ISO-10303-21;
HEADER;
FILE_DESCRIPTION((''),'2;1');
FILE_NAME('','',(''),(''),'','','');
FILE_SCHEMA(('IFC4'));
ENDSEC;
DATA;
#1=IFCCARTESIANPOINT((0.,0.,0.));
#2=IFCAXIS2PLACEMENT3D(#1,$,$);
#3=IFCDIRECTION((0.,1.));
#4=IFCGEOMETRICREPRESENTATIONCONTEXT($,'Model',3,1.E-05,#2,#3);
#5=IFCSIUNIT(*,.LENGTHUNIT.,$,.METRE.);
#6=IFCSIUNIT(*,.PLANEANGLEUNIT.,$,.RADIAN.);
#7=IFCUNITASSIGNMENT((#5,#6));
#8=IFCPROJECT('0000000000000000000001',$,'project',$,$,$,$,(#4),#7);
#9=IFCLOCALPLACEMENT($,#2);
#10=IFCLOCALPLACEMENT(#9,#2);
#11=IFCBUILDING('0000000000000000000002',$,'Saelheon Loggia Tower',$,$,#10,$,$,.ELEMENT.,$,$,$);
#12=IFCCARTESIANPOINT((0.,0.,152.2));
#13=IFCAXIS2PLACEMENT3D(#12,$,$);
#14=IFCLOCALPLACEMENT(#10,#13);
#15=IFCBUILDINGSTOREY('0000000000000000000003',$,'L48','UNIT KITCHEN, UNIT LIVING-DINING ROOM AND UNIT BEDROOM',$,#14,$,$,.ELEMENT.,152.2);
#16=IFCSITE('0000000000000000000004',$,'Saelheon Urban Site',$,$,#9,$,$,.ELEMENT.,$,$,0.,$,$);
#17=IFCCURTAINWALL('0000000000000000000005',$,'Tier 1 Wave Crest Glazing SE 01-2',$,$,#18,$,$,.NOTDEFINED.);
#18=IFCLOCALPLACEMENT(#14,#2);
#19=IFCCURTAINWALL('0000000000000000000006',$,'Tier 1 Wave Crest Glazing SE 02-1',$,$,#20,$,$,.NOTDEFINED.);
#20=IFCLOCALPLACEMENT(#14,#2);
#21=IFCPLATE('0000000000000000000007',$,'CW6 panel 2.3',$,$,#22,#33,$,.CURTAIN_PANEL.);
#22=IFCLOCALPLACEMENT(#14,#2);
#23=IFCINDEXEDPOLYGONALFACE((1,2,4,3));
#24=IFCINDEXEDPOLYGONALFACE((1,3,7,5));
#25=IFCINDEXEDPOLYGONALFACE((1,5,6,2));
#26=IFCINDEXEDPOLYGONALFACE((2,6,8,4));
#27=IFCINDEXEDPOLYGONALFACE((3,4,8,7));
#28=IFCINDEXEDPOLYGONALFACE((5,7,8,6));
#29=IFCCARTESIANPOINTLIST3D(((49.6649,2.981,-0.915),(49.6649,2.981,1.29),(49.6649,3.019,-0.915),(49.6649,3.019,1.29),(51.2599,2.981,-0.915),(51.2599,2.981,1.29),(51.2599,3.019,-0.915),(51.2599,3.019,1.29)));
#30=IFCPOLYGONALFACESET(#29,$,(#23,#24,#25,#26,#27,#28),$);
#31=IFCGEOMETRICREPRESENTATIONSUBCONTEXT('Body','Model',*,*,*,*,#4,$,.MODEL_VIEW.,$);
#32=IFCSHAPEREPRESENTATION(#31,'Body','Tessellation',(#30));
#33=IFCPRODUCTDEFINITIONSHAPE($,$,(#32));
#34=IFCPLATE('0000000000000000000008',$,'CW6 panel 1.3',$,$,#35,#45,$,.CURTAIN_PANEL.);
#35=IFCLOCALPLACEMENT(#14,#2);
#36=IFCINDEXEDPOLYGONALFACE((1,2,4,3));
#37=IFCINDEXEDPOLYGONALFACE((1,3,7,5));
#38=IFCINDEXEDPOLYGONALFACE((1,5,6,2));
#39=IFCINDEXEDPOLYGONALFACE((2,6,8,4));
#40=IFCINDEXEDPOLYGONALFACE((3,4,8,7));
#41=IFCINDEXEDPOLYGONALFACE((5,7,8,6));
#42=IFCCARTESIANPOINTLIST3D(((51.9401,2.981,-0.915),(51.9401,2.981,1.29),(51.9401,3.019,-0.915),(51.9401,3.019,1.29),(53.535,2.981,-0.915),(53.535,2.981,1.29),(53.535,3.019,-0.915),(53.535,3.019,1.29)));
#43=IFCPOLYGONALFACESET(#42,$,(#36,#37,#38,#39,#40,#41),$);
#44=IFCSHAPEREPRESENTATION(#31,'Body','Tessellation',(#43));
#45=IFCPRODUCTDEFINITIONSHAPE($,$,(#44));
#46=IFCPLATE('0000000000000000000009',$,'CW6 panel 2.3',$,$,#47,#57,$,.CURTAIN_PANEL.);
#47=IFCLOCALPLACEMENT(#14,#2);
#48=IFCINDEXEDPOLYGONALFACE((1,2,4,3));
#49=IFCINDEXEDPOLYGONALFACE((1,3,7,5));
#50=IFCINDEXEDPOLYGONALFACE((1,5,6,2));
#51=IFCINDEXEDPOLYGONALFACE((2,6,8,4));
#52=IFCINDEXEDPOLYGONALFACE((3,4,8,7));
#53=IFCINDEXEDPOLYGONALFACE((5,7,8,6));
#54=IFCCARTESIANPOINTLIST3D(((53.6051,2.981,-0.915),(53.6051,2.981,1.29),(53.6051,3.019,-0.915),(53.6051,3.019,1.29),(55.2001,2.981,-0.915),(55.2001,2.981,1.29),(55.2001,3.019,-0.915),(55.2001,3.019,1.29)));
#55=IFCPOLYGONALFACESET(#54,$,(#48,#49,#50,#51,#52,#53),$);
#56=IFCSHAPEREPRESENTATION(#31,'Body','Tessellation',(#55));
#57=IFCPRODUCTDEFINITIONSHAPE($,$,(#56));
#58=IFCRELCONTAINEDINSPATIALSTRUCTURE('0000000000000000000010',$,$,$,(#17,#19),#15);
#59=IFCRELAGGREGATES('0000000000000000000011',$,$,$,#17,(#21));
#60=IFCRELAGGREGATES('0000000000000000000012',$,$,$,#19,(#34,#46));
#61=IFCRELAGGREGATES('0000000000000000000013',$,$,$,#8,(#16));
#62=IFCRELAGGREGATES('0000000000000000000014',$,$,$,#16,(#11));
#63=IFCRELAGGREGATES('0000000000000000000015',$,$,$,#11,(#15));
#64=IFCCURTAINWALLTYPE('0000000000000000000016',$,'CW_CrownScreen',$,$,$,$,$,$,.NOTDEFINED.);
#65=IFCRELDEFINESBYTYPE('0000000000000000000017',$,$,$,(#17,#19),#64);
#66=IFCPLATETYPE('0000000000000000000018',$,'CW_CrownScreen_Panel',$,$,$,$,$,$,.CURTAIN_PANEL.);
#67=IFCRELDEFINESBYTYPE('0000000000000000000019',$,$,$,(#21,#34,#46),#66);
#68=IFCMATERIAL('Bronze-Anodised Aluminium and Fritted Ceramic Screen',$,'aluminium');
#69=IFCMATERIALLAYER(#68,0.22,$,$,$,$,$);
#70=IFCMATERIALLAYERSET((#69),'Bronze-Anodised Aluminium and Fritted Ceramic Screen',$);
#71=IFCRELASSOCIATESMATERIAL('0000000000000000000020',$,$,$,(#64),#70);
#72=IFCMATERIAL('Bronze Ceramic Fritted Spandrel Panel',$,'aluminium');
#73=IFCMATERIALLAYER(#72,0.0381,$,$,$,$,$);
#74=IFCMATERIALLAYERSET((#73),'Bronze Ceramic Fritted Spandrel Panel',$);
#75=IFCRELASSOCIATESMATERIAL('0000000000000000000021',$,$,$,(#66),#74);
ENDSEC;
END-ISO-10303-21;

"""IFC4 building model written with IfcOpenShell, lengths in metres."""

from ifc_helpers import new_model, si_unit, direction, frame, origin, origin_2d, place, context, subcontext, project, spatial, rectangle, extrude, source, transform, mapped, material, layer, layer_set, type_object, element, aggregate, save


model = new_model("IFC4")

# Units and contexts
model_context = context("Model", 3, precision=1e-05, world=origin(), true_north=direction((0.0, 1.0)))
body_context = subcontext(model_context, "Body", "Model", "MODEL_VIEW")
ifc_project = project(units=[si_unit("LENGTHUNIT", "METRE"), si_unit("PLANEANGLEUNIT", "RADIAN")], contexts=[model_context])

# Site, building, storey
site_placement = place(None, origin())
site = spatial("IfcSite", under=ifc_project, at=site_placement, Name="Saelheon Urban Site", CompositionType="ELEMENT", RefElevation=0.0)
building_placement = place(site_placement, origin())
building = spatial("IfcBuilding", under=site, at=building_placement, Name="Saelheon Loggia Tower", CompositionType="ELEMENT")
storey_placement = place(building_placement, frame((0.0, 0.0, 152.2)))
storey = spatial("IfcBuildingStorey", under=building, at=storey_placement, Name="L48", Description="UNIT KITCHEN, UNIT LIVING-DINING ROOM AND UNIT BEDROOM", CompositionType="ELEMENT", Elevation=152.2)

# Shared definitions
ifc_material_1 = material(Name="Bronze-Anodised Aluminium and Fritted Ceramic Screen", Category="aluminium")
ifc_layer_1 = layer(ifc_material_1, 0.22)
ifc_layer_set_1 = layer_set([ifc_layer_1], Name="Bronze-Anodised Aluminium and Fritted Ceramic Screen")
curtain_wall_type = type_object("IfcCurtainWallType", Name="CW_CrownScreen", PredefinedType="NOTDEFINED", material=ifc_layer_set_1)

# Curtain wall
curtain_wall_1_placement = place(storey_placement, origin())
curtain_wall_1 = element("IfcCurtainWall", 1, at=curtain_wall_1_placement, inside=storey, type_object=curtain_wall_type, Name="Tier 1 Wave Crest Glazing SE 01-2", PredefinedType="NOTDEFINED")

# Curtain wall
curtain_wall_2_placement = place(storey_placement, origin())
curtain_wall_2 = element("IfcCurtainWall", 2, at=curtain_wall_2_placement, inside=storey, type_object=curtain_wall_type, Name="Tier 1 Wave Crest Glazing SE 02-1", PredefinedType="NOTDEFINED")

# Plates
ifc_material_2 = material(Name="Bronze Ceramic Fritted Spandrel Panel", Category="aluminium")
ifc_layer_2 = layer(ifc_material_2, 0.0381)
ifc_layer_set_2 = layer_set([ifc_layer_2], Name="Bronze Ceramic Fritted Spandrel Panel")
plate_type = type_object("IfcPlateType", Name="CW_CrownScreen_Panel", PredefinedType="CURTAIN_PANEL", material=ifc_layer_set_2)
shared_shape_1 = source(origin(), body_context, "Body", "SweptSolid", [
    extrude(rectangle(XDim=1.595, YDim=0.0381, at=origin_2d()), origin(), (0.0, 0.0, 1.0), 2.2051),
])
plate_1_placement = place(storey_placement, frame((50.4624, 3.0, -0.915), z_axis=(0.0, 0.0, 1.0), x_axis=(1.0, 0.0, 0.0)))
plate_1 = element("IfcPlate", 3, at=plate_1_placement, type_object=plate_type, Name="CW6 panel 2.3", PredefinedType="CURTAIN_PANEL", context=body_context, shape_type="MappedRepresentation", body=[
    mapped(shared_shape_1, transform((0.0, 0.0, 0.0), scale=1.0)),
])
aggregate(curtain_wall_1, [plate_1])
plate_2_placement = place(storey_placement, frame((52.7375, 3.0, -0.915), z_axis=(0.0, 0.0, 1.0), x_axis=(1.0, 0.0, 0.0)))
plate_2 = element("IfcPlate", 4, at=plate_2_placement, type_object=plate_type, Name="CW6 panel 1.3", PredefinedType="CURTAIN_PANEL", context=body_context, shape_type="MappedRepresentation", body=[
    mapped(shared_shape_1, transform((0.0, 0.0, 0.0), scale=1.0)),
])
plate_3_placement = place(storey_placement, frame((54.4026, 3.0, -0.915), z_axis=(0.0, 0.0, 1.0), x_axis=(1.0, 0.0, 0.0)))
plate_3 = element("IfcPlate", 5, at=plate_3_placement, type_object=plate_type, Name="CW6 panel 2.3", PredefinedType="CURTAIN_PANEL", context=body_context, shape_type="MappedRepresentation", body=[
    mapped(shared_shape_1, transform((0.0, 0.0, 0.0), scale=1.0)),
])
aggregate(curtain_wall_2, [plate_2, plate_3])

save(model, "model.ifc")
